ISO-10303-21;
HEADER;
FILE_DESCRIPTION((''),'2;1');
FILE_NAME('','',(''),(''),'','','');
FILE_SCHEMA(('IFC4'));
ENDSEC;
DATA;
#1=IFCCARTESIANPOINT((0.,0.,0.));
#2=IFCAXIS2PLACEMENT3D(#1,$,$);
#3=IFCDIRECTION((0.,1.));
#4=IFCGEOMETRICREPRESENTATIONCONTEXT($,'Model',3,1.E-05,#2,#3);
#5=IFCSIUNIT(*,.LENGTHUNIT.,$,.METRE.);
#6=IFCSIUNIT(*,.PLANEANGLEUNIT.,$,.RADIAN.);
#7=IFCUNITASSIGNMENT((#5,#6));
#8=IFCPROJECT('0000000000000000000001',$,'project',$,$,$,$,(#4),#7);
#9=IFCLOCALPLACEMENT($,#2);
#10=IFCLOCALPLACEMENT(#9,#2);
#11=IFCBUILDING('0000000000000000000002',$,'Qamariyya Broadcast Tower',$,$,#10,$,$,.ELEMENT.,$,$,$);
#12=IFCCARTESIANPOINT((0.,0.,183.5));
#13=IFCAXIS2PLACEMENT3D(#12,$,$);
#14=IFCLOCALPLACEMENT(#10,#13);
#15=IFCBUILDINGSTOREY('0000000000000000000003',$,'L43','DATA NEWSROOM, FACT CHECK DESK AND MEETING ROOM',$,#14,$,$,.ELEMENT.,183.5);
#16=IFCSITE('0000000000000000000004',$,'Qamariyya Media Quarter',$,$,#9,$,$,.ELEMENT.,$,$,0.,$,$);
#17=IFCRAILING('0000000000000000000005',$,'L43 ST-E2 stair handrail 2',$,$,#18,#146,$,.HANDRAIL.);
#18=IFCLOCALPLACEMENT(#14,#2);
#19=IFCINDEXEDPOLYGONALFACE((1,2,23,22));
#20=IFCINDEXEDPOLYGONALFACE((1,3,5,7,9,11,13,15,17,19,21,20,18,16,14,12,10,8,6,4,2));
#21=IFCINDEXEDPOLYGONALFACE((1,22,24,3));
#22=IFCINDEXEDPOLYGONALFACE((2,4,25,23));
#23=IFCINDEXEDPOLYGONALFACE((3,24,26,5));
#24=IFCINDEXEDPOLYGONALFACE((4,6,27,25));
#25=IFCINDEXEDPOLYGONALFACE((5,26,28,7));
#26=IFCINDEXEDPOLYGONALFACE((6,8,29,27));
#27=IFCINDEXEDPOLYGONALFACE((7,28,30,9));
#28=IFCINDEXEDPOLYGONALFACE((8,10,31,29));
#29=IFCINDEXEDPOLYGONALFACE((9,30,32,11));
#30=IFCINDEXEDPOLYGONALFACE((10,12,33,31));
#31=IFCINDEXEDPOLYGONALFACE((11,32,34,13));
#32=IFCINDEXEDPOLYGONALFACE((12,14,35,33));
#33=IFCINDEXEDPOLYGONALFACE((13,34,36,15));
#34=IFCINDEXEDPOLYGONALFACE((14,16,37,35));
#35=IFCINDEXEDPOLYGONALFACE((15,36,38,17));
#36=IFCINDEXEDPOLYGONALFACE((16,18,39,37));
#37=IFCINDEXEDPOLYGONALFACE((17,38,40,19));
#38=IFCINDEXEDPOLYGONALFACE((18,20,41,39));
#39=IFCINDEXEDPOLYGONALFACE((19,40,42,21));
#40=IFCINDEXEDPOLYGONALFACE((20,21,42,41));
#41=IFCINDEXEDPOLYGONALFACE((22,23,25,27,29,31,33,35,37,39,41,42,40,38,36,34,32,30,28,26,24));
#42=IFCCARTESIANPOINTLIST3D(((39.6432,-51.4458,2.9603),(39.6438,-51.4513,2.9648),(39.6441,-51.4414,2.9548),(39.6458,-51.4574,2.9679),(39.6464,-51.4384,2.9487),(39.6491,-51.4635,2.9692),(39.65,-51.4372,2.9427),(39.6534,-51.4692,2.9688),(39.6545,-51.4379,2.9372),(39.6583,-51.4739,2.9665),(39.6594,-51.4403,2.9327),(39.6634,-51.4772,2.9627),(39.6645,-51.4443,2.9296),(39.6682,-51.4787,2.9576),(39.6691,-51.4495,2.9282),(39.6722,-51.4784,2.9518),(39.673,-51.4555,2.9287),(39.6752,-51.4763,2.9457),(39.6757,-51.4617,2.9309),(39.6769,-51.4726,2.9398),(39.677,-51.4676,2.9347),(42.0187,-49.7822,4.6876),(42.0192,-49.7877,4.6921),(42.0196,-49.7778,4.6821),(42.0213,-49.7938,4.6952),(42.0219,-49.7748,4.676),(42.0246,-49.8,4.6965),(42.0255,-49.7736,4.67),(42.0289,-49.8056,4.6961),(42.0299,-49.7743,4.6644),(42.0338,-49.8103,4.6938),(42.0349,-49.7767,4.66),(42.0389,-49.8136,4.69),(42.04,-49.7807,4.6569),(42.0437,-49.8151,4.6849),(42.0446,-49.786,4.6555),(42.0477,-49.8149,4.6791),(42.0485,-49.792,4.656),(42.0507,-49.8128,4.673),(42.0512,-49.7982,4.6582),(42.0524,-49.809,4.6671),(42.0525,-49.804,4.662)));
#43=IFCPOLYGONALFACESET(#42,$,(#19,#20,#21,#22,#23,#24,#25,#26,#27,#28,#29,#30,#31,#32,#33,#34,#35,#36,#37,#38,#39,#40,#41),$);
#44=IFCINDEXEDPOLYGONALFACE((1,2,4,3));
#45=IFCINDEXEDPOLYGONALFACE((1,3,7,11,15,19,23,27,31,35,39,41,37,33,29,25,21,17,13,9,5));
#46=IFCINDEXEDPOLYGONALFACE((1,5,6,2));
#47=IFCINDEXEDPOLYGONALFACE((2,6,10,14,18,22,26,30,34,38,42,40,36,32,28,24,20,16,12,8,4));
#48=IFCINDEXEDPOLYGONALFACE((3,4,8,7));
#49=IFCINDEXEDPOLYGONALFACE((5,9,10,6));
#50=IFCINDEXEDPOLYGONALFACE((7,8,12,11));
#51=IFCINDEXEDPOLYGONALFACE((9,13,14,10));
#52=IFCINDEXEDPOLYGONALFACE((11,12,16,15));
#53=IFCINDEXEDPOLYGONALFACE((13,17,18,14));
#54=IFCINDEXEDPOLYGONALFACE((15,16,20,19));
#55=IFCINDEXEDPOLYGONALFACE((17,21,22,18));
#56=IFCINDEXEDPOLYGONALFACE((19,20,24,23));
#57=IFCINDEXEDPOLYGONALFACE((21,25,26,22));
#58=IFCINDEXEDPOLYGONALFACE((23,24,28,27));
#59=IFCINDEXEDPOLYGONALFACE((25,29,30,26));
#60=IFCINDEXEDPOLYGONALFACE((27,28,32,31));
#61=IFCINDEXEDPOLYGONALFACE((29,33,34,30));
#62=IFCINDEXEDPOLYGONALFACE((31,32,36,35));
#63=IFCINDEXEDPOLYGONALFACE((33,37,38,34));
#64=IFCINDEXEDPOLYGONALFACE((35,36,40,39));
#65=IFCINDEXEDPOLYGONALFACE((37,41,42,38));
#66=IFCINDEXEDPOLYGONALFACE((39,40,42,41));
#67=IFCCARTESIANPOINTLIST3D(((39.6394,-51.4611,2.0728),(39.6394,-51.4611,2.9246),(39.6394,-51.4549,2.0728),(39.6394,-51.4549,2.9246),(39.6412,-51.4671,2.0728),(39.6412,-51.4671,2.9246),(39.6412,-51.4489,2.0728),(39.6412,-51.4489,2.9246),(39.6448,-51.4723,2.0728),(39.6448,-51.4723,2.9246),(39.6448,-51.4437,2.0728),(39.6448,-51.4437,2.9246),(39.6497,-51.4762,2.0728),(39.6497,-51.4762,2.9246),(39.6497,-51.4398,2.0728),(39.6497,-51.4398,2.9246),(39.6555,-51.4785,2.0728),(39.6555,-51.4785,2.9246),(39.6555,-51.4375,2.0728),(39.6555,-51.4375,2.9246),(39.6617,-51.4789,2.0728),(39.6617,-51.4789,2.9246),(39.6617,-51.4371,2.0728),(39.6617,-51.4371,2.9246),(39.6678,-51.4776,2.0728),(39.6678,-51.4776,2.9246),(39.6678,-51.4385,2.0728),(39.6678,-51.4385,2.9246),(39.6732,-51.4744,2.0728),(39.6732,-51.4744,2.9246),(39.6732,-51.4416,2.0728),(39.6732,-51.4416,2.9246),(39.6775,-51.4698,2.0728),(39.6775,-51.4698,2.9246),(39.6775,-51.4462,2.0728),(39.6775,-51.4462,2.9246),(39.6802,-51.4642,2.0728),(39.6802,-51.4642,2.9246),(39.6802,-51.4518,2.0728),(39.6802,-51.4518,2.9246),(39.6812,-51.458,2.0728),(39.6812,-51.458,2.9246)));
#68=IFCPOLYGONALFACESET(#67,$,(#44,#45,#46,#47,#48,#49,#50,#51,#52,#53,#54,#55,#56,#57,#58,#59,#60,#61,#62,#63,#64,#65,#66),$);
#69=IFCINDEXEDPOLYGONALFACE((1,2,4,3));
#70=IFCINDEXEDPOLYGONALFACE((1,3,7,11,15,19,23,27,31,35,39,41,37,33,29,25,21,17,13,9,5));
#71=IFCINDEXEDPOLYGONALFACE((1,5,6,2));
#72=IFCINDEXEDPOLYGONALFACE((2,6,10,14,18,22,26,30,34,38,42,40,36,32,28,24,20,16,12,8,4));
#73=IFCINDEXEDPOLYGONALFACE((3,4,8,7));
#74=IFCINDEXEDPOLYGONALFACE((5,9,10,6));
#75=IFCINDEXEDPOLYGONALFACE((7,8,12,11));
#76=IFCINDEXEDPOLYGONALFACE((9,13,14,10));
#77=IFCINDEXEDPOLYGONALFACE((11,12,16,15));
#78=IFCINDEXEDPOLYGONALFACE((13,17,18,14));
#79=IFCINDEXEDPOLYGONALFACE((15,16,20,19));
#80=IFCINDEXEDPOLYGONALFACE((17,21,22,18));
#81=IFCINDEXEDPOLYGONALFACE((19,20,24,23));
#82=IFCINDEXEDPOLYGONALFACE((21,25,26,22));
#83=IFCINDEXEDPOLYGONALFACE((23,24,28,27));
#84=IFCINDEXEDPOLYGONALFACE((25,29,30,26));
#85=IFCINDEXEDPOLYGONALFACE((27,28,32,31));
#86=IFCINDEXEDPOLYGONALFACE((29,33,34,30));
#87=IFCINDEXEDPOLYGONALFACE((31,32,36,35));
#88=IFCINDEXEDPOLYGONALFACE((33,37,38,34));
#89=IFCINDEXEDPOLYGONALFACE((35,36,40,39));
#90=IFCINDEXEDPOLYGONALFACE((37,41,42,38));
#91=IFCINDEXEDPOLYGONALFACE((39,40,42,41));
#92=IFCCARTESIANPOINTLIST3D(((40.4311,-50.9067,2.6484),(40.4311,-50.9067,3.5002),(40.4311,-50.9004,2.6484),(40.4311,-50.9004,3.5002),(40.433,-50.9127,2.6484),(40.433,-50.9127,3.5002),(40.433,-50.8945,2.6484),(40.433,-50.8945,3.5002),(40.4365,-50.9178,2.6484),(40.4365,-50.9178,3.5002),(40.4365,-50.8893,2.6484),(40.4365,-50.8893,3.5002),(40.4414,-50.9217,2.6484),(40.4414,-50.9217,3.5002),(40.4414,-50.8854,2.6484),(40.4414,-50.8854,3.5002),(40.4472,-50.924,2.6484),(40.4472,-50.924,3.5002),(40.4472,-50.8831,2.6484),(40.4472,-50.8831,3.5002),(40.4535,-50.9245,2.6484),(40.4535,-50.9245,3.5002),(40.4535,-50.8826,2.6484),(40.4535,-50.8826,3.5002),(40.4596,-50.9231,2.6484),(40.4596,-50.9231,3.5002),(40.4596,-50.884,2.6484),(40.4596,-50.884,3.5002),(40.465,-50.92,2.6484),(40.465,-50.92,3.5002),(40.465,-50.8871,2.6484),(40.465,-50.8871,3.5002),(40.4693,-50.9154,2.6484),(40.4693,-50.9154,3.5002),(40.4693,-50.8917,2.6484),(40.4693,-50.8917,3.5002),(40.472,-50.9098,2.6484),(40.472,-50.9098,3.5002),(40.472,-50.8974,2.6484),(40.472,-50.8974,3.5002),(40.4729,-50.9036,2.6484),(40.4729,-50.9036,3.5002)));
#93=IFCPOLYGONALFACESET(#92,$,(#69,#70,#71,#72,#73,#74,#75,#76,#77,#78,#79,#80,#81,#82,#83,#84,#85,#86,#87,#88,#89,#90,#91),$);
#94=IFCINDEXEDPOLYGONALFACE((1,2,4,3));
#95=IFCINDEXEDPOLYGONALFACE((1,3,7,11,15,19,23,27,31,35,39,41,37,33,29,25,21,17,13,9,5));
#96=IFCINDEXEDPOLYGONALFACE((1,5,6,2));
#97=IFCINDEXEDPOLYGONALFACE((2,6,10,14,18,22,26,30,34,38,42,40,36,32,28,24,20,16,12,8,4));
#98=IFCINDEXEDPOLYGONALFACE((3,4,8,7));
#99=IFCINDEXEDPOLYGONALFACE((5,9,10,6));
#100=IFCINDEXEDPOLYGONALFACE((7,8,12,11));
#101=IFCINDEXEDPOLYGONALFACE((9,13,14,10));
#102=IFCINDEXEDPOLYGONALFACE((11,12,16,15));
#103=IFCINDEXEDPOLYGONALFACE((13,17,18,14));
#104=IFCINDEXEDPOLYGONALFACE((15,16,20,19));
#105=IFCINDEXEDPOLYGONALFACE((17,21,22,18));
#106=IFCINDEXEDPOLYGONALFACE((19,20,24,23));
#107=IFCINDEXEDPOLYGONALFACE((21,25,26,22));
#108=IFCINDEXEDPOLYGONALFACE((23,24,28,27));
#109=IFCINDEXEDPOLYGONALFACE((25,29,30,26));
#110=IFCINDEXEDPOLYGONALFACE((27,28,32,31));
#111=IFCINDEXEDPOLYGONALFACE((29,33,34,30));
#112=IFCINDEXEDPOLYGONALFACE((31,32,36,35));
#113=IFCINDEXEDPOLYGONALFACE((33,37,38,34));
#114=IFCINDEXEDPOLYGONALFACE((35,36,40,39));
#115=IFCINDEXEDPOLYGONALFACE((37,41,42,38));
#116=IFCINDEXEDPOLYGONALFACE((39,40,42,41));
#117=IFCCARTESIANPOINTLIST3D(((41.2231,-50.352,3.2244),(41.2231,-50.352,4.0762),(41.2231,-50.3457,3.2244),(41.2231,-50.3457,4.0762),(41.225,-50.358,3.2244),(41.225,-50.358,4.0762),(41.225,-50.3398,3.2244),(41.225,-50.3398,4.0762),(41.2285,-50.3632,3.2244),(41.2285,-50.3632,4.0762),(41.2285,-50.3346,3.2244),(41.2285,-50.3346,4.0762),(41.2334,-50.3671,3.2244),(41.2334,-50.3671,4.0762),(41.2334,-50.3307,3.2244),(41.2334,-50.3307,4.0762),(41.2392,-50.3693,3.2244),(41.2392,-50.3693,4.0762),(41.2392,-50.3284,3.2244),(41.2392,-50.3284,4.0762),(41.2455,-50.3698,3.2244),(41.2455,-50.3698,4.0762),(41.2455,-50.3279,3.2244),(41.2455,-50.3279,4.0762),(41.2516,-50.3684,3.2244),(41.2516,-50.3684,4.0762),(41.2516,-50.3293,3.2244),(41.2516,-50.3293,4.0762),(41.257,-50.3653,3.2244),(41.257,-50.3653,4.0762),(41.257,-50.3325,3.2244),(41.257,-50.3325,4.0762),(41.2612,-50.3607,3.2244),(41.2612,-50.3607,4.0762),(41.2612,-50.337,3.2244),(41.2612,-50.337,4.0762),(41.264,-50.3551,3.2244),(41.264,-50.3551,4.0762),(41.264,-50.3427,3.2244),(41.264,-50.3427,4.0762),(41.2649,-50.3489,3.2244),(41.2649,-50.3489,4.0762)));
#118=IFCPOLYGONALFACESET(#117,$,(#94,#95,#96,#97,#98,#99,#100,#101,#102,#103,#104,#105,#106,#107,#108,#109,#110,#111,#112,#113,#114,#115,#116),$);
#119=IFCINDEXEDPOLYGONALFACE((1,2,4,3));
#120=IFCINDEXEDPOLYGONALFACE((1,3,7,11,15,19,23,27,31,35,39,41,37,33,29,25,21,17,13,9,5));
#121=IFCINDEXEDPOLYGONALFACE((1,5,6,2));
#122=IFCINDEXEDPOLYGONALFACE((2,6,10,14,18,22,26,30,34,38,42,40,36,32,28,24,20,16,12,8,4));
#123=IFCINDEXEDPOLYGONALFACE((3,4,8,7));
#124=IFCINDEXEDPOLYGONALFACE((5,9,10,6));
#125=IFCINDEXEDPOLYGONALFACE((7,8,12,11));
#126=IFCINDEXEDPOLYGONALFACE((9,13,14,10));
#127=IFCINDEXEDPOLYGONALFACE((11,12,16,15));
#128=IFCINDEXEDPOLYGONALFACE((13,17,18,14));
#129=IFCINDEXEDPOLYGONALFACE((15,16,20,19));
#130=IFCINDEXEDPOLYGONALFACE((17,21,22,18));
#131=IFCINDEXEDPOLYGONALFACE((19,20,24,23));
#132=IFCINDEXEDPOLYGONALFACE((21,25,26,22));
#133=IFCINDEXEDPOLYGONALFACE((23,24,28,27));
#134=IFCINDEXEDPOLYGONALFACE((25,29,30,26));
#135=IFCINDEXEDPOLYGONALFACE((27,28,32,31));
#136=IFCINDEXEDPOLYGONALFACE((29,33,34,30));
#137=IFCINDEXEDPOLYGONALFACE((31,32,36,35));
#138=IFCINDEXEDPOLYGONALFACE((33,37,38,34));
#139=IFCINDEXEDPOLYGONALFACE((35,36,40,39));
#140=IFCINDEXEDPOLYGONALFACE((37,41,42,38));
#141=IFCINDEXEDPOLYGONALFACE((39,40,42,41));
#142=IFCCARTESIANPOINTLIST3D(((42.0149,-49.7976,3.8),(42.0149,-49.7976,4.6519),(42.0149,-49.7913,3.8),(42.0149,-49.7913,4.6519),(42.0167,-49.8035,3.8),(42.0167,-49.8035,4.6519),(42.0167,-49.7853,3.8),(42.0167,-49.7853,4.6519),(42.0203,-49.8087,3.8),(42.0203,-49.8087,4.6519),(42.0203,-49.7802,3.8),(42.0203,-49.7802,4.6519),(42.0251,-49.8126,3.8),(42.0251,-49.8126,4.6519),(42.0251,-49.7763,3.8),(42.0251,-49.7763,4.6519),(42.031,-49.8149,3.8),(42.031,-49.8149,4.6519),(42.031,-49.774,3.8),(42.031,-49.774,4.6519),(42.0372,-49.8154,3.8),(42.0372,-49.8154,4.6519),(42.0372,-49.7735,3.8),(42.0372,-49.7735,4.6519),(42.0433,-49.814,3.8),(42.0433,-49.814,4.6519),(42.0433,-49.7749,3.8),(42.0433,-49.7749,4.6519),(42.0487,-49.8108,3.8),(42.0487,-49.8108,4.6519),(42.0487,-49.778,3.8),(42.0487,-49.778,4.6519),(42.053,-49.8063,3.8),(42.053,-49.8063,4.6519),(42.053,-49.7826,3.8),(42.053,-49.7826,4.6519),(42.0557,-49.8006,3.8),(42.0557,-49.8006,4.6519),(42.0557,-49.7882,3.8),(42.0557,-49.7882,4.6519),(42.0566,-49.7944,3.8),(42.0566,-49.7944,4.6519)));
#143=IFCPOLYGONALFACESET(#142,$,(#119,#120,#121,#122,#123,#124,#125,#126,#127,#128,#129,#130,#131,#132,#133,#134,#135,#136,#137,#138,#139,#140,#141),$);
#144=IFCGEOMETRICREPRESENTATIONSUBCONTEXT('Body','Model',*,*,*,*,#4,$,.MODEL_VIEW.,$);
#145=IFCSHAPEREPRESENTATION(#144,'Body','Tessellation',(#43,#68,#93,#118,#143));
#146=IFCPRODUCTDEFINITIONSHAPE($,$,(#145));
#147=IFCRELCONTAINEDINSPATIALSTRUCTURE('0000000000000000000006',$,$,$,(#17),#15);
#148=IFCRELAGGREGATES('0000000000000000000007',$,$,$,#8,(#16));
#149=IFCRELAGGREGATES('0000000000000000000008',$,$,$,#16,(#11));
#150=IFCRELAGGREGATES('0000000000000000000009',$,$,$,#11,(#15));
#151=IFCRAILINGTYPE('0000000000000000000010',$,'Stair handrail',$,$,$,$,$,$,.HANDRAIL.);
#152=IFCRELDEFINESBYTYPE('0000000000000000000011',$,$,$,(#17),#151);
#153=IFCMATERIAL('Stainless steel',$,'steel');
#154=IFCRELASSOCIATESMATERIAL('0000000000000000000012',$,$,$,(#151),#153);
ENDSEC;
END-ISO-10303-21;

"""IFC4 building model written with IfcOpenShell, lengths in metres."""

from ifc_helpers import new_model, si_unit, direction, frame, origin, origin_2d, place, context, subcontext, project, spatial, circle, extrude, material, type_object, element, save


model = new_model("IFC4")

# Units and contexts
model_context = context("Model", 3, precision=1e-05, world=origin(), true_north=direction((0.0, 1.0)))
body_context = subcontext(model_context, "Body", "Model", "MODEL_VIEW")
ifc_project = project(units=[si_unit("LENGTHUNIT", "METRE"), si_unit("PLANEANGLEUNIT", "RADIAN")], contexts=[model_context])

# Site, building, storey
site_placement = place(None, origin())
site = spatial("IfcSite", under=ifc_project, at=site_placement, Name="Qamariyya Media Quarter", CompositionType="ELEMENT", RefElevation=0.0)
building_placement = place(site_placement, origin())
building = spatial("IfcBuilding", under=site, at=building_placement, Name="Qamariyya Broadcast Tower", CompositionType="ELEMENT")
storey_placement = place(building_placement, frame((0.0, 0.0, 183.5)))
storey = spatial("IfcBuildingStorey", under=building, at=storey_placement, Name="L43", Description="DATA NEWSROOM, FACT CHECK DESK AND MEETING ROOM", CompositionType="ELEMENT", Elevation=183.5)

# Railing
ifc_material_1 = material(Name="Stainless steel", Category="steel")
railing_type_1 = type_object("IfcRailingType", Name="Stair handrail", PredefinedType="HANDRAIL", material=ifc_material_1)
railing_1_placement = place(storey_placement, frame((39.6602, -51.458, 2.0728)))
element("IfcRailing", 1, at=railing_1_placement, inside=storey, type_object=railing_type_1, Name="L43 ST-E2 stair handrail 2", PredefinedType="HANDRAIL", context=body_context, shape_type="SweptSolid", body=[
    extrude(circle(Radius=0.0239, at=origin_2d()), frame((0.0, 0.0, 0.876), z_axis=(0.703745, 0.492838, 0.511716), x_axis=(-0.573632, 0.819113, 0.0)), (0.0, 0.0, 1.0), 3.3755),
    extrude(circle(Radius=0.021, at=origin_2d()), origin(), (0.0, 0.0, 1.0), 0.8518),
    extrude(circle(Radius=0.021, at=origin_2d()), frame((0.7917, 0.5544, 0.5757)), (0.0, 0.0, 1.0), 0.8518),
    extrude(circle(Radius=0.021, at=origin_2d()), frame((1.5837, 1.1091, 1.1516)), (0.0, 0.0, 1.0), 0.8518),
    extrude(circle(Radius=0.021, at=origin_2d()), frame((2.3755, 1.6636, 1.7273)), (0.0, 0.0, 1.0), 0.8518),
])

save(model, "model.ifc")
